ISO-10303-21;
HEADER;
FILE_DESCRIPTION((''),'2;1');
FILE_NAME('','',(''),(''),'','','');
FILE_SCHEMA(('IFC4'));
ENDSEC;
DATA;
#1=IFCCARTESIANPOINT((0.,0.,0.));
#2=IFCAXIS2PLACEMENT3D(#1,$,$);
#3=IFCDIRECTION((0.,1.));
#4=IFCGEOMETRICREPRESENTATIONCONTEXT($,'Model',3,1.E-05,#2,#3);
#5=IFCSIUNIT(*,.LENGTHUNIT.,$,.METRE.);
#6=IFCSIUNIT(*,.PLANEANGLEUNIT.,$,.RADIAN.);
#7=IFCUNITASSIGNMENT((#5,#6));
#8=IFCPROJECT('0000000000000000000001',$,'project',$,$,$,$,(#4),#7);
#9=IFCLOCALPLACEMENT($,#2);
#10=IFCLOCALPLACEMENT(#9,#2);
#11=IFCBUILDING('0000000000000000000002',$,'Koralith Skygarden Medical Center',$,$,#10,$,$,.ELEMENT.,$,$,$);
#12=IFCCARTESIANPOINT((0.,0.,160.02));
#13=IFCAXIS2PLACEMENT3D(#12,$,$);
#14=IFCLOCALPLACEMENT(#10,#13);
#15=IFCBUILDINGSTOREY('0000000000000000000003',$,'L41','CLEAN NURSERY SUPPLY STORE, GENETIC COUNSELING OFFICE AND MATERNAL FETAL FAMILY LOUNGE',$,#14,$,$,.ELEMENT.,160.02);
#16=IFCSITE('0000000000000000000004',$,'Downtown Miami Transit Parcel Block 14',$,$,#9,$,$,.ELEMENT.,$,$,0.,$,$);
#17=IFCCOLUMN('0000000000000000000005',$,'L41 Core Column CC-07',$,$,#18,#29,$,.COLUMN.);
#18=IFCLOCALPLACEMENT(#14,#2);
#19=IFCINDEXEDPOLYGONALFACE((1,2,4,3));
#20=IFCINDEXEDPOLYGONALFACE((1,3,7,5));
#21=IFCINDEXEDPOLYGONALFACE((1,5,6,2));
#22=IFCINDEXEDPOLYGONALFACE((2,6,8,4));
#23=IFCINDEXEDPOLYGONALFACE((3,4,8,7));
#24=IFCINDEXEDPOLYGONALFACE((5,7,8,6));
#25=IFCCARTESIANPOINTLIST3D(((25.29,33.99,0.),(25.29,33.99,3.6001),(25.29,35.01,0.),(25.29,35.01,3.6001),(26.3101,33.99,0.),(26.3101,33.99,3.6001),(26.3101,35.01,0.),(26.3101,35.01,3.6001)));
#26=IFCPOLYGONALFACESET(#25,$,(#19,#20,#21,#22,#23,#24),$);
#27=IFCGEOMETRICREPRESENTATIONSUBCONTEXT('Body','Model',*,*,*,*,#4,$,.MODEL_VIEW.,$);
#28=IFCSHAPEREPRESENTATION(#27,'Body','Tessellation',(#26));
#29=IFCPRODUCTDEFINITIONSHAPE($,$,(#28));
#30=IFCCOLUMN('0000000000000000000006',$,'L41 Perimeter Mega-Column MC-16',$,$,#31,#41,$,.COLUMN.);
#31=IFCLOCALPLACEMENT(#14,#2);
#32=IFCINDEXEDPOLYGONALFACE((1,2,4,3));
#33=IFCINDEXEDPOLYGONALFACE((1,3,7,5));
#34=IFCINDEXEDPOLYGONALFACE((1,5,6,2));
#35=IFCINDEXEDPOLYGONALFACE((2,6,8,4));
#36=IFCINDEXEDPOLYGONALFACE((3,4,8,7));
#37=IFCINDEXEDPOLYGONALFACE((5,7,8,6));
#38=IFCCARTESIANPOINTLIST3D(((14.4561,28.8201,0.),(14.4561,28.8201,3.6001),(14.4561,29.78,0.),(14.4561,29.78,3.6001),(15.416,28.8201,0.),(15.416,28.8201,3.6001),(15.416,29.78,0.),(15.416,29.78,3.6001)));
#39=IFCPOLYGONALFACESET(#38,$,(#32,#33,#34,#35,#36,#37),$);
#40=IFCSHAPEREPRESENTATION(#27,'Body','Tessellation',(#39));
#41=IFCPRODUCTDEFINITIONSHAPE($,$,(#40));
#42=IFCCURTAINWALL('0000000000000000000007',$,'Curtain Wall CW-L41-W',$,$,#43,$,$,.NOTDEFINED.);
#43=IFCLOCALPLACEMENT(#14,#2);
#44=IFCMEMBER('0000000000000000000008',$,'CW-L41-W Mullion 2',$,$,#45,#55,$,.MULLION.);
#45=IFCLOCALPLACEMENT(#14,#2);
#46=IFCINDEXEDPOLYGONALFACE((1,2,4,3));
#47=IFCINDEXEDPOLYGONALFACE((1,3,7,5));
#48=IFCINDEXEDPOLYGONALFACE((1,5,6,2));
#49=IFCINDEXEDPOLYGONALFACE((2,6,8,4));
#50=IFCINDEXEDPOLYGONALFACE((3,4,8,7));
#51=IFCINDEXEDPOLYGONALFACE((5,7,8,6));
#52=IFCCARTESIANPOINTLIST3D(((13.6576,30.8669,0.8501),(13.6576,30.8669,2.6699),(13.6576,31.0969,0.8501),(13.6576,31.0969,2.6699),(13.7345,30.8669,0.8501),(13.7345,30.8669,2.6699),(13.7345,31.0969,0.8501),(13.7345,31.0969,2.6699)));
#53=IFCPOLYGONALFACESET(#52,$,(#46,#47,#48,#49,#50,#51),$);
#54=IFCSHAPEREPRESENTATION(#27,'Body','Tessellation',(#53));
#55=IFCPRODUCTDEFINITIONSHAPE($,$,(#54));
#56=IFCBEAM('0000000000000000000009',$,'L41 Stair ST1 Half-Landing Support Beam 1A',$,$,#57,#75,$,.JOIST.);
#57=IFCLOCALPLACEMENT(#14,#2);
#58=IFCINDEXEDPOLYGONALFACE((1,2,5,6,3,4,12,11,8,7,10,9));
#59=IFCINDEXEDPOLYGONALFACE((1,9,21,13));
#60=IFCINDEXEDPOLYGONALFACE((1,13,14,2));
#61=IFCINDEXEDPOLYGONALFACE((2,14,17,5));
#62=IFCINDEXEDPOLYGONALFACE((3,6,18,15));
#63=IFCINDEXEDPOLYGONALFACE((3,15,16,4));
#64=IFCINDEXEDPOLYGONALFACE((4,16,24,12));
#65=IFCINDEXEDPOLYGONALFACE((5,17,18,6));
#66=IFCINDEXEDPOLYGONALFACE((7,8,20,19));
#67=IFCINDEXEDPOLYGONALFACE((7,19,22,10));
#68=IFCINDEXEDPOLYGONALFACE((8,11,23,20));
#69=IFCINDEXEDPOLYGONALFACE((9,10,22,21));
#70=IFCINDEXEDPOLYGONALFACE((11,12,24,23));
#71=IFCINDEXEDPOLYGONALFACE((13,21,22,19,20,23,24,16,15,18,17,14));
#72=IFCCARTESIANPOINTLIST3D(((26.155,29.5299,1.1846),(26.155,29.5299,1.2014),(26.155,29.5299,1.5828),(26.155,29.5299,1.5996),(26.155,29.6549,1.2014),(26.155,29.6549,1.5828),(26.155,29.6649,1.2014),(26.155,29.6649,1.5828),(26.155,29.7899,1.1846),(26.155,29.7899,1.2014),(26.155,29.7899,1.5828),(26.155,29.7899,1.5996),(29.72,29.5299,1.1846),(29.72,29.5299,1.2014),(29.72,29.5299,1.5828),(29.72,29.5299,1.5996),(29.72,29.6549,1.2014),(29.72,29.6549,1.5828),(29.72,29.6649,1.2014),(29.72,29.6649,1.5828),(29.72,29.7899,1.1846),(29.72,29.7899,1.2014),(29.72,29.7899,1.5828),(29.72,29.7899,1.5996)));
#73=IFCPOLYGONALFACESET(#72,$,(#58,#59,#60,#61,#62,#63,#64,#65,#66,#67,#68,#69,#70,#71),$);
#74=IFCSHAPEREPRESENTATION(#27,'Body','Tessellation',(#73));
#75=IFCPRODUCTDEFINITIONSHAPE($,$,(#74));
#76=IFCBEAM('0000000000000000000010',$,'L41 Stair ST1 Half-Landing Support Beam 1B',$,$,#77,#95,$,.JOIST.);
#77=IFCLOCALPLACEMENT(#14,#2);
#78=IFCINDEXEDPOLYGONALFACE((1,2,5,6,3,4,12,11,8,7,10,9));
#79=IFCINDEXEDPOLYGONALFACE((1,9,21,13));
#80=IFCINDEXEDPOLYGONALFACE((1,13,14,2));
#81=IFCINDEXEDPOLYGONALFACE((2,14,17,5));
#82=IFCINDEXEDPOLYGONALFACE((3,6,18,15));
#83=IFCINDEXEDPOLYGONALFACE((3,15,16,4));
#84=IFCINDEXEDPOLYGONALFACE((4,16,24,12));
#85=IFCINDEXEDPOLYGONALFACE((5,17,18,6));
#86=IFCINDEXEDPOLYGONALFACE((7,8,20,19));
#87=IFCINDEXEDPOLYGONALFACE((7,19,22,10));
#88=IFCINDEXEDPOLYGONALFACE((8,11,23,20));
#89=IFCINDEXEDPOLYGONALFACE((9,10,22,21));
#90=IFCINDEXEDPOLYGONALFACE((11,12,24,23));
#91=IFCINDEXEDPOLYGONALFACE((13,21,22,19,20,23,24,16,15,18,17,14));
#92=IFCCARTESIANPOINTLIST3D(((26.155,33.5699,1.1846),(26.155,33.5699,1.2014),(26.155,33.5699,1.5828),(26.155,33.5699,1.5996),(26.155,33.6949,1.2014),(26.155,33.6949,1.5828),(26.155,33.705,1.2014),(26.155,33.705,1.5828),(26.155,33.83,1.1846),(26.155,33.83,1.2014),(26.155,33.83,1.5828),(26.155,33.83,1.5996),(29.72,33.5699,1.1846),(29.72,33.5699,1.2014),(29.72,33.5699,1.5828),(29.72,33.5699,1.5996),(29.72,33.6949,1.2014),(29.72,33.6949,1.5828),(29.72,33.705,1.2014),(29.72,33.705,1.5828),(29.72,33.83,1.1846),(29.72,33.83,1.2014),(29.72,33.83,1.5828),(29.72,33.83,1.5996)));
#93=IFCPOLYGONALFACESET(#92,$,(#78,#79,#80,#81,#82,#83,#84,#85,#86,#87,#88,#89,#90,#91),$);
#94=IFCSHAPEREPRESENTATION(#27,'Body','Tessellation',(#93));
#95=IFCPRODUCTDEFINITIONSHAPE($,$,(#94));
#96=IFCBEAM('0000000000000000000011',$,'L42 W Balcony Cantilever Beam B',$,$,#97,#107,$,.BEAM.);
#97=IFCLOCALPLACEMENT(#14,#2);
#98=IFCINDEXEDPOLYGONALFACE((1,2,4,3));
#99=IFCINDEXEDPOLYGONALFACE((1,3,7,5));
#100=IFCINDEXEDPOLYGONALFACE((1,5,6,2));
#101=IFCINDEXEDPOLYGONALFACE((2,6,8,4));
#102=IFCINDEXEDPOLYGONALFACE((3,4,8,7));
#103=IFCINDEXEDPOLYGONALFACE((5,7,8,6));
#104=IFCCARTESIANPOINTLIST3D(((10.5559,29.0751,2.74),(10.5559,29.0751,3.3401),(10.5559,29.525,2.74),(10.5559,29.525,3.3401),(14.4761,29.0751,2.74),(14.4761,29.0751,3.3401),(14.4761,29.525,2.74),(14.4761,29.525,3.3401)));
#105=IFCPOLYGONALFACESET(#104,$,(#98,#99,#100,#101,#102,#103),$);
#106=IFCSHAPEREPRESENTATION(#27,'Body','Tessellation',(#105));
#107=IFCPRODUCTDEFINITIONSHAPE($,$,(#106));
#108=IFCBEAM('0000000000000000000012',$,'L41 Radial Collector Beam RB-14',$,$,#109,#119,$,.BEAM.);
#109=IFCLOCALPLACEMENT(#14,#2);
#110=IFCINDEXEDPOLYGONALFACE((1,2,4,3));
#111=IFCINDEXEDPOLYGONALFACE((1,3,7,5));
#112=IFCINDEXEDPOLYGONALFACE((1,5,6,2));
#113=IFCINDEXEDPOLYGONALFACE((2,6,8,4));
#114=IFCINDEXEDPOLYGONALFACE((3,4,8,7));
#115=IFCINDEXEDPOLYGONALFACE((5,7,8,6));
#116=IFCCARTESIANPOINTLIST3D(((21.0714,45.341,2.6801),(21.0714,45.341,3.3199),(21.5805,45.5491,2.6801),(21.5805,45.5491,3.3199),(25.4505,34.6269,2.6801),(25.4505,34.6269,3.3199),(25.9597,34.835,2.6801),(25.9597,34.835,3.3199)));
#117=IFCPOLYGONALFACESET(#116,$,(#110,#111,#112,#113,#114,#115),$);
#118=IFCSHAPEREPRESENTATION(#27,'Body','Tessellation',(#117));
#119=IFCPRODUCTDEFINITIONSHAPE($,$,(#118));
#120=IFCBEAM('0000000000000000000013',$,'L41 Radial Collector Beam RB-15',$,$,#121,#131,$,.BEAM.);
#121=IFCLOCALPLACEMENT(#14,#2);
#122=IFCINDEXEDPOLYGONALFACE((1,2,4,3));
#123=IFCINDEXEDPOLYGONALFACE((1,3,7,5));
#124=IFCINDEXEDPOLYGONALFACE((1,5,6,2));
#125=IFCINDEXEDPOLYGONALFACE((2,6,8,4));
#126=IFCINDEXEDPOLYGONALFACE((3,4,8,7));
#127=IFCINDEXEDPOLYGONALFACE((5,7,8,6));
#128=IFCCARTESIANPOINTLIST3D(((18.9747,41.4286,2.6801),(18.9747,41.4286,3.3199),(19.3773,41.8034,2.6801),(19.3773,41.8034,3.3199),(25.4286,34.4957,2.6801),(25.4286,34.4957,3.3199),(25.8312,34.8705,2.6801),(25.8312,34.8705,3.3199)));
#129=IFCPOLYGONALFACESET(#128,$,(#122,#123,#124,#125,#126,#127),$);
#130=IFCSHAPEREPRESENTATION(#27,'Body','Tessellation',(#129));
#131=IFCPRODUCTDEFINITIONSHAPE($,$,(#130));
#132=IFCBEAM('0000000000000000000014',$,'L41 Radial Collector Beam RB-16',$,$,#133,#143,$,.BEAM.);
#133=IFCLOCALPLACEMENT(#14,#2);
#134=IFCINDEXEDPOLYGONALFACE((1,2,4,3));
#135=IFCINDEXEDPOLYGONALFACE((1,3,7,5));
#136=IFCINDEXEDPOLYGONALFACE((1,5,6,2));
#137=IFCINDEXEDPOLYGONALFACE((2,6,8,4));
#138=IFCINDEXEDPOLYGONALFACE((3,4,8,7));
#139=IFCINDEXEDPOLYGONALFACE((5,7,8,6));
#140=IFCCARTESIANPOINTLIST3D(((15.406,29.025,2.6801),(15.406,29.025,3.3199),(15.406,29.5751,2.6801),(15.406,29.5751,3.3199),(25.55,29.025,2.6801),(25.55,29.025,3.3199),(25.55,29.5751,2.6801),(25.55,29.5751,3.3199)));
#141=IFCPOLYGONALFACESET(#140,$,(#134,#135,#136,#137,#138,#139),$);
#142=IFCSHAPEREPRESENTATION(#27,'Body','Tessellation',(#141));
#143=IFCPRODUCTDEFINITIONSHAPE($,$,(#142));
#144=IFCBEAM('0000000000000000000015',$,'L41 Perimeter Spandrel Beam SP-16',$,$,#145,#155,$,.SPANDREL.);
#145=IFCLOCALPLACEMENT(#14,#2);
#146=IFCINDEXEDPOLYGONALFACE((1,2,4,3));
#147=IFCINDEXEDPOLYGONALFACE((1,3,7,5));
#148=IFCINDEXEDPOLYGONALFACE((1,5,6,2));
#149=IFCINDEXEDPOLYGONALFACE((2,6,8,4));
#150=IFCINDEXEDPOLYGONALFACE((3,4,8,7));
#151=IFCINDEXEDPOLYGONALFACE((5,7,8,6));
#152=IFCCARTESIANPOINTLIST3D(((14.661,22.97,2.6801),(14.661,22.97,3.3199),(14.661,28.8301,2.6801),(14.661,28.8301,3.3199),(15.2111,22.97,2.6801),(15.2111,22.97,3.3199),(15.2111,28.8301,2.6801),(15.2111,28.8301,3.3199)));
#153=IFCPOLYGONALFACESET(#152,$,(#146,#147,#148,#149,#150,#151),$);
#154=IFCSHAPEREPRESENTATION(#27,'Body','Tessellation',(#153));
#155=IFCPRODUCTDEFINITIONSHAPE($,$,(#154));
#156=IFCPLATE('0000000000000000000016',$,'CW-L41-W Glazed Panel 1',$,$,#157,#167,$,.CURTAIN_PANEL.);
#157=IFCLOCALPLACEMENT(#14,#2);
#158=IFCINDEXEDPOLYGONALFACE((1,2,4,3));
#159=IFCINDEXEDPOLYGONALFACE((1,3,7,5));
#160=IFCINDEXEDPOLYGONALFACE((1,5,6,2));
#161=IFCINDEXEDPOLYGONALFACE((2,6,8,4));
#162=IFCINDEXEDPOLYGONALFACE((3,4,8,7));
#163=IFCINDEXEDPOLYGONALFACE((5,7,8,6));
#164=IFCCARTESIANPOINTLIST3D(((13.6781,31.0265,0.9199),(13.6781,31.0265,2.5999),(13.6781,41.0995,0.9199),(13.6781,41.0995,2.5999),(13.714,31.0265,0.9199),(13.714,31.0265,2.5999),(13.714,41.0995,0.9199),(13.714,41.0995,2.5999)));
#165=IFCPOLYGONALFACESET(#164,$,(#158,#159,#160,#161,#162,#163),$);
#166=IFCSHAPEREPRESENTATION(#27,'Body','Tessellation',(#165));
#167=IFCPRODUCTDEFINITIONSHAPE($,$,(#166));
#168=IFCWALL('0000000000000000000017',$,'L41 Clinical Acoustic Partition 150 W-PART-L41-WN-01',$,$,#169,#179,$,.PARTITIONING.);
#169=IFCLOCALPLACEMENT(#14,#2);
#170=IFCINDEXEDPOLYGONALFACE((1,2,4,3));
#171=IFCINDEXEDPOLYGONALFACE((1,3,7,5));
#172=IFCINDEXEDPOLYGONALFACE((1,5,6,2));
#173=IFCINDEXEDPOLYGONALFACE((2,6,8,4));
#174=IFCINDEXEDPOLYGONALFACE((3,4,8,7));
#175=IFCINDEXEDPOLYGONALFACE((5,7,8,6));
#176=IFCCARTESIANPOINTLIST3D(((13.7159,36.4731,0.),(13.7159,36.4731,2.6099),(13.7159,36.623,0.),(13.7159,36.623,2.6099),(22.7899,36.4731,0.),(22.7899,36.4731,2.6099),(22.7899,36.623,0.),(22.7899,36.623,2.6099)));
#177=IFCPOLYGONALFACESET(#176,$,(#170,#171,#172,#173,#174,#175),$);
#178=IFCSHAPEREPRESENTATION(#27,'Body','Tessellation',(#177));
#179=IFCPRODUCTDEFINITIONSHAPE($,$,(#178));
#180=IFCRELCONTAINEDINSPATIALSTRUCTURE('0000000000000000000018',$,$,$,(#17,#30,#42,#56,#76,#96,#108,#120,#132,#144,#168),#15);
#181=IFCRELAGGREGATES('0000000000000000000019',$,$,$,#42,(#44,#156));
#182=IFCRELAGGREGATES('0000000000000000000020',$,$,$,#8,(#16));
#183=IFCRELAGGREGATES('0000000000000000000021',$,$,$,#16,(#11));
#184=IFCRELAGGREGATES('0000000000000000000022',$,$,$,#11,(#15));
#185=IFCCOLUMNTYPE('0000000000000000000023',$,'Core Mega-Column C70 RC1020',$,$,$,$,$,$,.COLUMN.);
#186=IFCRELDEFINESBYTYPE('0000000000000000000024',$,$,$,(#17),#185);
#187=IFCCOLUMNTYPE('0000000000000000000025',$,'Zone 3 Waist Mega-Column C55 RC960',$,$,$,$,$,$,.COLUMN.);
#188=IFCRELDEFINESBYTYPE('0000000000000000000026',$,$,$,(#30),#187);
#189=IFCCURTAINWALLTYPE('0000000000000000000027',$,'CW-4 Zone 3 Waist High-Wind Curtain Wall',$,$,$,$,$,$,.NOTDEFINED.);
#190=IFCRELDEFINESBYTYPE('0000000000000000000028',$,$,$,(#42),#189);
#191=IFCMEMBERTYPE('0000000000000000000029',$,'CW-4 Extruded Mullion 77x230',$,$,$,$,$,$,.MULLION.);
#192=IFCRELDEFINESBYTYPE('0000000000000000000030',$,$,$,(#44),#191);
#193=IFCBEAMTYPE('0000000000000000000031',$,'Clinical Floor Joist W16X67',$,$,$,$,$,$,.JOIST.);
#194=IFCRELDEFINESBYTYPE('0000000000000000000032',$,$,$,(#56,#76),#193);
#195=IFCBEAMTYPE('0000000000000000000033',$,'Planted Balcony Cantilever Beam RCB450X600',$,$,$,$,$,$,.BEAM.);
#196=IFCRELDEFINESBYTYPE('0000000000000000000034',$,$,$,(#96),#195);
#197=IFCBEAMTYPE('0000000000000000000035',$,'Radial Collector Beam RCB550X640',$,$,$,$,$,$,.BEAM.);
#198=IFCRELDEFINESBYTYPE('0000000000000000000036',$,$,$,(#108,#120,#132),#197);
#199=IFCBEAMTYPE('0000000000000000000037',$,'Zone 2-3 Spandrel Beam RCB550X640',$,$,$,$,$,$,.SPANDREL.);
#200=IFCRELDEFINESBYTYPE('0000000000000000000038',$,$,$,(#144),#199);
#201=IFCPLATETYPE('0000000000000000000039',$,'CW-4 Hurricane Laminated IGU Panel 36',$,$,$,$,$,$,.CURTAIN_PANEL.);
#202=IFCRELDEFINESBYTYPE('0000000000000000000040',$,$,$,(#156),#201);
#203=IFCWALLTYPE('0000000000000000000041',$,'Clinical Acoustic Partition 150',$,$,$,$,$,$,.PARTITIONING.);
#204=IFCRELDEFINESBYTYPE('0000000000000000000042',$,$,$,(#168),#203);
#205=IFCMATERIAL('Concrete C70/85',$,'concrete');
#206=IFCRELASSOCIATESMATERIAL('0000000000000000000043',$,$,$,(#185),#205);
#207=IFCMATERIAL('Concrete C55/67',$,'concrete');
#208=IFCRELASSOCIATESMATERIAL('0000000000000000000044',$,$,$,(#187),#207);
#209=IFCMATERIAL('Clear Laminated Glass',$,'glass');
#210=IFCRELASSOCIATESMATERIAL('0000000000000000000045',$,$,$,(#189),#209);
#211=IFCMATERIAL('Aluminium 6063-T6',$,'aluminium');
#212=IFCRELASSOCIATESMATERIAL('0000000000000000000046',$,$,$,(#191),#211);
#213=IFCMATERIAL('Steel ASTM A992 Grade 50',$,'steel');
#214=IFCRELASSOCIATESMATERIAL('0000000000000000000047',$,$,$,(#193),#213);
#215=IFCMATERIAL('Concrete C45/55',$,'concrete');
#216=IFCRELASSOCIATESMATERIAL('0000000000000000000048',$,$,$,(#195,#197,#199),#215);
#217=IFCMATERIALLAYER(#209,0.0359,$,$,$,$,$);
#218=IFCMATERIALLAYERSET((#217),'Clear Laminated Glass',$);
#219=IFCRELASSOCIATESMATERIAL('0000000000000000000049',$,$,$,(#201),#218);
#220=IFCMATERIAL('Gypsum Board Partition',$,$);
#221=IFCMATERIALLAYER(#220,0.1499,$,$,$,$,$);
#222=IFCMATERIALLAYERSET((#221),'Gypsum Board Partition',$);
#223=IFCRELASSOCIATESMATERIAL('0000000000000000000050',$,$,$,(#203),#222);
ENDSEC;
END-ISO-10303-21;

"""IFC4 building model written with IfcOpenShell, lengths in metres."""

from ifc_helpers import new_model, si_unit, direction, frame, frame_2d, origin, origin_2d, place, context, subcontext, project, spatial, rectangle, i_section, extrude, material, layer, layer_set, material_profile, profile_set, type_object, element, aggregate, save


model = new_model("IFC4")

# Units and contexts
model_context = context("Model", 3, precision=1e-05, world=origin(), true_north=direction((0.0, 1.0)))
body_context = subcontext(model_context, "Body", "Model", "MODEL_VIEW")
ifc_project = project(units=[si_unit("LENGTHUNIT", "METRE"), si_unit("PLANEANGLEUNIT", "RADIAN")], contexts=[model_context])

# Site, building, storey
site_placement = place(None, origin())
site = spatial("IfcSite", under=ifc_project, at=site_placement, Name="Downtown Miami Transit Parcel Block 14", CompositionType="ELEMENT", RefElevation=0.0)
building_placement = place(site_placement, origin())
building = spatial("IfcBuilding", under=site, at=building_placement, Name="Koralith Skygarden Medical Center", CompositionType="ELEMENT")
storey_placement = place(building_placement, frame((0.0, 0.0, 160.02)))
storey = spatial("IfcBuildingStorey", under=building, at=storey_placement, Name="L41", Description="CLEAN NURSERY SUPPLY STORE, GENETIC COUNSELING OFFICE AND MATERNAL FETAL FAMILY LOUNGE", CompositionType="ELEMENT", Elevation=160.02)

# Columns
ifc_material_1 = material(Name="Concrete C70/85", Category="concrete")
ifc_material_profile_1 = material_profile(ifc_material_1, rectangle(XDim=1.02, YDim=1.02, at=origin_2d()), Name="RC1020X1020")
ifc_profile_set_1 = profile_set([ifc_material_profile_1], Name="Concrete C70/85")
column_type_1 = type_object("IfcColumnType", Name="Core Mega-Column C70 RC1020", PredefinedType="COLUMN", material=ifc_profile_set_1)
column_1_placement = place(storey_placement, frame((25.8, 34.5, 0.0), z_axis=(0.0, 0.0, 1.0), x_axis=(1.0, 0.0, 0.0)))
element("IfcColumn", 1, at=column_1_placement, inside=storey, type_object=column_type_1, Name="L41 Core Column CC-07", PredefinedType="COLUMN", context=body_context, shape_type="SweptSolid", body=[
    extrude(rectangle(XDim=1.02, YDim=1.02, at=origin_2d()), origin(), (0.0, 0.0, 1.0), 3.6001),
])
ifc_material_2 = material(Name="Concrete C55/67", Category="concrete")
ifc_material_profile_2 = material_profile(ifc_material_2, rectangle(XDim=0.96, YDim=0.96, at=origin_2d()), Name="RC960X960")
ifc_profile_set_2 = profile_set([ifc_material_profile_2], Name="Concrete C55/67")
column_type_2 = type_object("IfcColumnType", Name="Zone 3 Waist Mega-Column C55 RC960", PredefinedType="COLUMN", material=ifc_profile_set_2)
column_2_placement = place(storey_placement, frame((14.936, 29.3, 0.0), z_axis=(0.0, 0.0, 1.0), x_axis=(1.0, 0.0, 0.0)))
element("IfcColumn", 2, at=column_2_placement, inside=storey, type_object=column_type_2, Name="L41 Perimeter Mega-Column MC-16", PredefinedType="COLUMN", context=body_context, shape_type="SweptSolid", body=[
    extrude(rectangle(XDim=0.96, YDim=0.96, at=origin_2d()), origin(), (0.0, 0.0, 1.0), 3.6001),
])

# Curtain wall, member
ifc_material_3 = material(Name="Clear Laminated Glass", Category="glass")
curtain_wall_type = type_object("IfcCurtainWallType", Name="CW-4 Zone 3 Waist High-Wind Curtain Wall", PredefinedType="NOTDEFINED", material=ifc_material_3)
curtain_wall_placement = place(storey_placement, origin())
curtain_wall = element("IfcCurtainWall", 3, at=curtain_wall_placement, inside=storey, type_object=curtain_wall_type, Name="Curtain Wall CW-L41-W", PredefinedType="NOTDEFINED")
ifc_material_4 = material(Name="Aluminium 6063-T6", Category="aluminium")
ifc_material_profile_3 = material_profile(ifc_material_4, rectangle(XDim=0.0769, YDim=0.23, at=origin_2d()), Name="MUL77X230")
ifc_profile_set_3 = profile_set([ifc_material_profile_3], Name="Aluminium 6063-T6")
member_type = type_object("IfcMemberType", Name="CW-4 Extruded Mullion 77x230", PredefinedType="MULLION", material=ifc_profile_set_3)
member_placement = place(storey_placement, frame((13.696, 30.9819, 0.8501), z_axis=(0.0, 0.0, 1.0), x_axis=(1.0, 0.0, 0.0)))
member = element("IfcMember", 4, at=member_placement, type_object=member_type, Name="CW-L41-W Mullion 2", PredefinedType="MULLION", context=body_context, shape_type="SweptSolid", body=[
    extrude(rectangle(XDim=0.0769, YDim=0.23, at=origin_2d()), origin(), (0.0, 0.0, 1.0), 1.8198),
])

# Beams
ifc_material_5 = material(Name="Steel ASTM A992 Grade 50", Category="steel")
ifc_material_profile_4 = material_profile(ifc_material_5, i_section(OverallWidth=0.26, OverallDepth=0.415, WebThickness=0.01, FlangeThickness=0.0168, at=origin_2d()), Name="W16X67")
ifc_profile_set_4 = profile_set([ifc_material_profile_4], Name="Steel ASTM A992 Grade 50")
beam_type_1 = type_object("IfcBeamType", Name="Clinical Floor Joist W16X67", PredefinedType="JOIST", material=ifc_profile_set_4)
for number, where, z_axis, x_axis, name in (
    (5, (26.155, 29.6599, 1.3921), (1.0, 0.0, 0.0), (0.0, 1.0, 0.0), "L41 Stair ST1 Half-Landing Support Beam 1A"),
    (6, (26.155, 33.7, 1.3921), (1.0, 0.0, 0.0), (0.0, 1.0, 0.0), "L41 Stair ST1 Half-Landing Support Beam 1B"),
):
    element("IfcBeam", number, at=place(storey_placement, frame(where, z_axis=z_axis, x_axis=x_axis)), inside=storey, type_object=beam_type_1, Name=name, PredefinedType="JOIST", context=body_context, shape_type="SweptSolid", body=[
        extrude(i_section(OverallWidth=0.26, OverallDepth=0.415, WebThickness=0.01, FlangeThickness=0.0168, at=origin_2d()), origin(), (0.0, 0.0, 1.0), 3.5649),
    ])
ifc_material_6 = material(Name="Concrete C45/55", Category="concrete")
ifc_material_profile_5 = material_profile(ifc_material_6, rectangle(XDim=0.45, YDim=0.6001, at=origin_2d()), Name="RCB450X600")
ifc_profile_set_5 = profile_set([ifc_material_profile_5], Name="Concrete C45/55")
beam_type_2 = type_object("IfcBeamType", Name="Planted Balcony Cantilever Beam RCB450X600", PredefinedType="BEAM", material=ifc_profile_set_5)
beam_1_placement = place(storey_placement, frame((14.4761, 29.3, 3.04), z_axis=(-1.0, 0.0, 0.0), x_axis=(0.0, -1.0, 0.0)))
element("IfcBeam", 7, at=beam_1_placement, inside=storey, type_object=beam_type_2, Name="L42 W Balcony Cantilever Beam B", PredefinedType="BEAM", context=body_context, shape_type="SweptSolid", body=[
    extrude(rectangle(XDim=0.45, YDim=0.6001, at=origin_2d()), origin(), (0.0, 0.0, 1.0), 3.9202),
])
ifc_material_profile_6 = material_profile(ifc_material_6, rectangle(XDim=0.55, YDim=0.6399, at=origin_2d()), Name="RCB550X640")
ifc_profile_set_6 = profile_set([ifc_material_profile_6], Name="Concrete C45/55")
beam_type_3 = type_object("IfcBeamType", Name="Radial Collector Beam RCB550X640", PredefinedType="BEAM", material=ifc_profile_set_6)
beam_2_placement = place(storey_placement, frame((25.7051, 34.731, 3.0), z_axis=(-0.378345, 0.925665, 0.0), x_axis=(-0.925665, -0.378345, 0.0)))
element("IfcBeam", 8, at=beam_2_placement, inside=storey, type_object=beam_type_3, Name="L41 Radial Collector Beam RB-14", PredefinedType="BEAM", context=body_context, shape_type="SweptSolid", body=[
    extrude(rectangle(XDim=0.55, YDim=0.6399, at=origin_2d()), origin(), (0.0, 0.0, 1.0), 11.5745),
])
beam_3_placement = place(storey_placement, frame((25.6299, 34.6831, 3.0), z_axis=(-0.681369, 0.73194, 0.0), x_axis=(-0.73194, -0.681369, 0.0)))
element("IfcBeam", 9, at=beam_3_placement, inside=storey, type_object=beam_type_3, Name="L41 Radial Collector Beam RB-15", PredefinedType="BEAM", context=body_context, shape_type="SweptSolid", body=[
    extrude(rectangle(XDim=0.55, YDim=0.6399, at=origin_2d()), origin(), (0.0, 0.0, 1.0), 9.4719),
])
beam_4_placement = place(storey_placement, frame((25.55, 29.3, 3.0), z_axis=(-1.0, 0.0, 0.0), x_axis=(0.0, -1.0, 0.0)))
element("IfcBeam", 10, at=beam_4_placement, inside=storey, type_object=beam_type_3, Name="L41 Radial Collector Beam RB-16", PredefinedType="BEAM", context=body_context, shape_type="SweptSolid", body=[
    extrude(rectangle(XDim=0.55, YDim=0.6399, at=origin_2d()), origin(), (0.0, 0.0, 1.0), 10.144),
])
ifc_material_profile_7 = material_profile(ifc_material_6, rectangle(XDim=0.55, YDim=0.6399, at=origin_2d()), Name="RCB550X640")
ifc_profile_set_7 = profile_set([ifc_material_profile_7], Name="Concrete C45/55")
beam_type_4 = type_object("IfcBeamType", Name="Zone 2-3 Spandrel Beam RCB550X640", PredefinedType="SPANDREL", material=ifc_profile_set_7)
beam_5_placement = place(storey_placement, frame((14.936, 28.8301, 3.0), z_axis=(0.0, -1.0, 0.0), x_axis=(1.0, 0.0, 0.0)))
element("IfcBeam", 11, at=beam_5_placement, inside=storey, type_object=beam_type_4, Name="L41 Perimeter Spandrel Beam SP-16", PredefinedType="SPANDREL", context=body_context, shape_type="SweptSolid", body=[
    extrude(rectangle(XDim=0.55, YDim=0.6399, at=origin_2d()), origin(), (0.0, 0.0, 1.0), 5.8601),
])

# Plate
ifc_layer_1 = layer(ifc_material_3, 0.0359)
ifc_layer_set_1 = layer_set([ifc_layer_1], Name="Clear Laminated Glass")
plate_type = type_object("IfcPlateType", Name="CW-4 Hurricane Laminated IGU Panel 36", PredefinedType="CURTAIN_PANEL", material=ifc_layer_set_1)
plate_placement = place(storey_placement, frame((13.696, 36.063, 0.9199), z_axis=(0.0, 0.0, 1.0), x_axis=(0.0, -1.0, 0.0)))
plate = element("IfcPlate", 12, at=plate_placement, type_object=plate_type, Name="CW-L41-W Glazed Panel 1", PredefinedType="CURTAIN_PANEL", context=body_context, shape_type="SweptSolid", body=[
    extrude(rectangle(XDim=10.073, YDim=0.0359, at=origin_2d()), origin(), (0.0, 0.0, 1.0), 1.6799),
])
aggregate(curtain_wall, [member, plate])

# Wall
ifc_material_7 = material(Name="Gypsum Board Partition")
ifc_layer_2 = layer(ifc_material_7, 0.1499)
ifc_layer_set_2 = layer_set([ifc_layer_2], Name="Gypsum Board Partition")
wall_type_1 = type_object("IfcWallType", Name="Clinical Acoustic Partition 150", PredefinedType="PARTITIONING", material=ifc_layer_set_2)
wall_1_placement = place(storey_placement, frame((22.79, 36.5481, 0.0), z_axis=(0.0, 0.0, 1.0), x_axis=(-1.0, 0.0, 0.0)))
element("IfcWall", 13, at=wall_1_placement, inside=storey, type_object=wall_type_1, Name="L41 Clinical Acoustic Partition 150 W-PART-L41-WN-01", PredefinedType="PARTITIONING", context=body_context, shape_type="SweptSolid", body=[
    extrude(rectangle(XDim=9.074, YDim=0.1499, at=frame_2d((4.5371, 0.0))), origin(), (0.0, 0.0, 1.0), 2.6099),
])

save(model, "model.ifc")
